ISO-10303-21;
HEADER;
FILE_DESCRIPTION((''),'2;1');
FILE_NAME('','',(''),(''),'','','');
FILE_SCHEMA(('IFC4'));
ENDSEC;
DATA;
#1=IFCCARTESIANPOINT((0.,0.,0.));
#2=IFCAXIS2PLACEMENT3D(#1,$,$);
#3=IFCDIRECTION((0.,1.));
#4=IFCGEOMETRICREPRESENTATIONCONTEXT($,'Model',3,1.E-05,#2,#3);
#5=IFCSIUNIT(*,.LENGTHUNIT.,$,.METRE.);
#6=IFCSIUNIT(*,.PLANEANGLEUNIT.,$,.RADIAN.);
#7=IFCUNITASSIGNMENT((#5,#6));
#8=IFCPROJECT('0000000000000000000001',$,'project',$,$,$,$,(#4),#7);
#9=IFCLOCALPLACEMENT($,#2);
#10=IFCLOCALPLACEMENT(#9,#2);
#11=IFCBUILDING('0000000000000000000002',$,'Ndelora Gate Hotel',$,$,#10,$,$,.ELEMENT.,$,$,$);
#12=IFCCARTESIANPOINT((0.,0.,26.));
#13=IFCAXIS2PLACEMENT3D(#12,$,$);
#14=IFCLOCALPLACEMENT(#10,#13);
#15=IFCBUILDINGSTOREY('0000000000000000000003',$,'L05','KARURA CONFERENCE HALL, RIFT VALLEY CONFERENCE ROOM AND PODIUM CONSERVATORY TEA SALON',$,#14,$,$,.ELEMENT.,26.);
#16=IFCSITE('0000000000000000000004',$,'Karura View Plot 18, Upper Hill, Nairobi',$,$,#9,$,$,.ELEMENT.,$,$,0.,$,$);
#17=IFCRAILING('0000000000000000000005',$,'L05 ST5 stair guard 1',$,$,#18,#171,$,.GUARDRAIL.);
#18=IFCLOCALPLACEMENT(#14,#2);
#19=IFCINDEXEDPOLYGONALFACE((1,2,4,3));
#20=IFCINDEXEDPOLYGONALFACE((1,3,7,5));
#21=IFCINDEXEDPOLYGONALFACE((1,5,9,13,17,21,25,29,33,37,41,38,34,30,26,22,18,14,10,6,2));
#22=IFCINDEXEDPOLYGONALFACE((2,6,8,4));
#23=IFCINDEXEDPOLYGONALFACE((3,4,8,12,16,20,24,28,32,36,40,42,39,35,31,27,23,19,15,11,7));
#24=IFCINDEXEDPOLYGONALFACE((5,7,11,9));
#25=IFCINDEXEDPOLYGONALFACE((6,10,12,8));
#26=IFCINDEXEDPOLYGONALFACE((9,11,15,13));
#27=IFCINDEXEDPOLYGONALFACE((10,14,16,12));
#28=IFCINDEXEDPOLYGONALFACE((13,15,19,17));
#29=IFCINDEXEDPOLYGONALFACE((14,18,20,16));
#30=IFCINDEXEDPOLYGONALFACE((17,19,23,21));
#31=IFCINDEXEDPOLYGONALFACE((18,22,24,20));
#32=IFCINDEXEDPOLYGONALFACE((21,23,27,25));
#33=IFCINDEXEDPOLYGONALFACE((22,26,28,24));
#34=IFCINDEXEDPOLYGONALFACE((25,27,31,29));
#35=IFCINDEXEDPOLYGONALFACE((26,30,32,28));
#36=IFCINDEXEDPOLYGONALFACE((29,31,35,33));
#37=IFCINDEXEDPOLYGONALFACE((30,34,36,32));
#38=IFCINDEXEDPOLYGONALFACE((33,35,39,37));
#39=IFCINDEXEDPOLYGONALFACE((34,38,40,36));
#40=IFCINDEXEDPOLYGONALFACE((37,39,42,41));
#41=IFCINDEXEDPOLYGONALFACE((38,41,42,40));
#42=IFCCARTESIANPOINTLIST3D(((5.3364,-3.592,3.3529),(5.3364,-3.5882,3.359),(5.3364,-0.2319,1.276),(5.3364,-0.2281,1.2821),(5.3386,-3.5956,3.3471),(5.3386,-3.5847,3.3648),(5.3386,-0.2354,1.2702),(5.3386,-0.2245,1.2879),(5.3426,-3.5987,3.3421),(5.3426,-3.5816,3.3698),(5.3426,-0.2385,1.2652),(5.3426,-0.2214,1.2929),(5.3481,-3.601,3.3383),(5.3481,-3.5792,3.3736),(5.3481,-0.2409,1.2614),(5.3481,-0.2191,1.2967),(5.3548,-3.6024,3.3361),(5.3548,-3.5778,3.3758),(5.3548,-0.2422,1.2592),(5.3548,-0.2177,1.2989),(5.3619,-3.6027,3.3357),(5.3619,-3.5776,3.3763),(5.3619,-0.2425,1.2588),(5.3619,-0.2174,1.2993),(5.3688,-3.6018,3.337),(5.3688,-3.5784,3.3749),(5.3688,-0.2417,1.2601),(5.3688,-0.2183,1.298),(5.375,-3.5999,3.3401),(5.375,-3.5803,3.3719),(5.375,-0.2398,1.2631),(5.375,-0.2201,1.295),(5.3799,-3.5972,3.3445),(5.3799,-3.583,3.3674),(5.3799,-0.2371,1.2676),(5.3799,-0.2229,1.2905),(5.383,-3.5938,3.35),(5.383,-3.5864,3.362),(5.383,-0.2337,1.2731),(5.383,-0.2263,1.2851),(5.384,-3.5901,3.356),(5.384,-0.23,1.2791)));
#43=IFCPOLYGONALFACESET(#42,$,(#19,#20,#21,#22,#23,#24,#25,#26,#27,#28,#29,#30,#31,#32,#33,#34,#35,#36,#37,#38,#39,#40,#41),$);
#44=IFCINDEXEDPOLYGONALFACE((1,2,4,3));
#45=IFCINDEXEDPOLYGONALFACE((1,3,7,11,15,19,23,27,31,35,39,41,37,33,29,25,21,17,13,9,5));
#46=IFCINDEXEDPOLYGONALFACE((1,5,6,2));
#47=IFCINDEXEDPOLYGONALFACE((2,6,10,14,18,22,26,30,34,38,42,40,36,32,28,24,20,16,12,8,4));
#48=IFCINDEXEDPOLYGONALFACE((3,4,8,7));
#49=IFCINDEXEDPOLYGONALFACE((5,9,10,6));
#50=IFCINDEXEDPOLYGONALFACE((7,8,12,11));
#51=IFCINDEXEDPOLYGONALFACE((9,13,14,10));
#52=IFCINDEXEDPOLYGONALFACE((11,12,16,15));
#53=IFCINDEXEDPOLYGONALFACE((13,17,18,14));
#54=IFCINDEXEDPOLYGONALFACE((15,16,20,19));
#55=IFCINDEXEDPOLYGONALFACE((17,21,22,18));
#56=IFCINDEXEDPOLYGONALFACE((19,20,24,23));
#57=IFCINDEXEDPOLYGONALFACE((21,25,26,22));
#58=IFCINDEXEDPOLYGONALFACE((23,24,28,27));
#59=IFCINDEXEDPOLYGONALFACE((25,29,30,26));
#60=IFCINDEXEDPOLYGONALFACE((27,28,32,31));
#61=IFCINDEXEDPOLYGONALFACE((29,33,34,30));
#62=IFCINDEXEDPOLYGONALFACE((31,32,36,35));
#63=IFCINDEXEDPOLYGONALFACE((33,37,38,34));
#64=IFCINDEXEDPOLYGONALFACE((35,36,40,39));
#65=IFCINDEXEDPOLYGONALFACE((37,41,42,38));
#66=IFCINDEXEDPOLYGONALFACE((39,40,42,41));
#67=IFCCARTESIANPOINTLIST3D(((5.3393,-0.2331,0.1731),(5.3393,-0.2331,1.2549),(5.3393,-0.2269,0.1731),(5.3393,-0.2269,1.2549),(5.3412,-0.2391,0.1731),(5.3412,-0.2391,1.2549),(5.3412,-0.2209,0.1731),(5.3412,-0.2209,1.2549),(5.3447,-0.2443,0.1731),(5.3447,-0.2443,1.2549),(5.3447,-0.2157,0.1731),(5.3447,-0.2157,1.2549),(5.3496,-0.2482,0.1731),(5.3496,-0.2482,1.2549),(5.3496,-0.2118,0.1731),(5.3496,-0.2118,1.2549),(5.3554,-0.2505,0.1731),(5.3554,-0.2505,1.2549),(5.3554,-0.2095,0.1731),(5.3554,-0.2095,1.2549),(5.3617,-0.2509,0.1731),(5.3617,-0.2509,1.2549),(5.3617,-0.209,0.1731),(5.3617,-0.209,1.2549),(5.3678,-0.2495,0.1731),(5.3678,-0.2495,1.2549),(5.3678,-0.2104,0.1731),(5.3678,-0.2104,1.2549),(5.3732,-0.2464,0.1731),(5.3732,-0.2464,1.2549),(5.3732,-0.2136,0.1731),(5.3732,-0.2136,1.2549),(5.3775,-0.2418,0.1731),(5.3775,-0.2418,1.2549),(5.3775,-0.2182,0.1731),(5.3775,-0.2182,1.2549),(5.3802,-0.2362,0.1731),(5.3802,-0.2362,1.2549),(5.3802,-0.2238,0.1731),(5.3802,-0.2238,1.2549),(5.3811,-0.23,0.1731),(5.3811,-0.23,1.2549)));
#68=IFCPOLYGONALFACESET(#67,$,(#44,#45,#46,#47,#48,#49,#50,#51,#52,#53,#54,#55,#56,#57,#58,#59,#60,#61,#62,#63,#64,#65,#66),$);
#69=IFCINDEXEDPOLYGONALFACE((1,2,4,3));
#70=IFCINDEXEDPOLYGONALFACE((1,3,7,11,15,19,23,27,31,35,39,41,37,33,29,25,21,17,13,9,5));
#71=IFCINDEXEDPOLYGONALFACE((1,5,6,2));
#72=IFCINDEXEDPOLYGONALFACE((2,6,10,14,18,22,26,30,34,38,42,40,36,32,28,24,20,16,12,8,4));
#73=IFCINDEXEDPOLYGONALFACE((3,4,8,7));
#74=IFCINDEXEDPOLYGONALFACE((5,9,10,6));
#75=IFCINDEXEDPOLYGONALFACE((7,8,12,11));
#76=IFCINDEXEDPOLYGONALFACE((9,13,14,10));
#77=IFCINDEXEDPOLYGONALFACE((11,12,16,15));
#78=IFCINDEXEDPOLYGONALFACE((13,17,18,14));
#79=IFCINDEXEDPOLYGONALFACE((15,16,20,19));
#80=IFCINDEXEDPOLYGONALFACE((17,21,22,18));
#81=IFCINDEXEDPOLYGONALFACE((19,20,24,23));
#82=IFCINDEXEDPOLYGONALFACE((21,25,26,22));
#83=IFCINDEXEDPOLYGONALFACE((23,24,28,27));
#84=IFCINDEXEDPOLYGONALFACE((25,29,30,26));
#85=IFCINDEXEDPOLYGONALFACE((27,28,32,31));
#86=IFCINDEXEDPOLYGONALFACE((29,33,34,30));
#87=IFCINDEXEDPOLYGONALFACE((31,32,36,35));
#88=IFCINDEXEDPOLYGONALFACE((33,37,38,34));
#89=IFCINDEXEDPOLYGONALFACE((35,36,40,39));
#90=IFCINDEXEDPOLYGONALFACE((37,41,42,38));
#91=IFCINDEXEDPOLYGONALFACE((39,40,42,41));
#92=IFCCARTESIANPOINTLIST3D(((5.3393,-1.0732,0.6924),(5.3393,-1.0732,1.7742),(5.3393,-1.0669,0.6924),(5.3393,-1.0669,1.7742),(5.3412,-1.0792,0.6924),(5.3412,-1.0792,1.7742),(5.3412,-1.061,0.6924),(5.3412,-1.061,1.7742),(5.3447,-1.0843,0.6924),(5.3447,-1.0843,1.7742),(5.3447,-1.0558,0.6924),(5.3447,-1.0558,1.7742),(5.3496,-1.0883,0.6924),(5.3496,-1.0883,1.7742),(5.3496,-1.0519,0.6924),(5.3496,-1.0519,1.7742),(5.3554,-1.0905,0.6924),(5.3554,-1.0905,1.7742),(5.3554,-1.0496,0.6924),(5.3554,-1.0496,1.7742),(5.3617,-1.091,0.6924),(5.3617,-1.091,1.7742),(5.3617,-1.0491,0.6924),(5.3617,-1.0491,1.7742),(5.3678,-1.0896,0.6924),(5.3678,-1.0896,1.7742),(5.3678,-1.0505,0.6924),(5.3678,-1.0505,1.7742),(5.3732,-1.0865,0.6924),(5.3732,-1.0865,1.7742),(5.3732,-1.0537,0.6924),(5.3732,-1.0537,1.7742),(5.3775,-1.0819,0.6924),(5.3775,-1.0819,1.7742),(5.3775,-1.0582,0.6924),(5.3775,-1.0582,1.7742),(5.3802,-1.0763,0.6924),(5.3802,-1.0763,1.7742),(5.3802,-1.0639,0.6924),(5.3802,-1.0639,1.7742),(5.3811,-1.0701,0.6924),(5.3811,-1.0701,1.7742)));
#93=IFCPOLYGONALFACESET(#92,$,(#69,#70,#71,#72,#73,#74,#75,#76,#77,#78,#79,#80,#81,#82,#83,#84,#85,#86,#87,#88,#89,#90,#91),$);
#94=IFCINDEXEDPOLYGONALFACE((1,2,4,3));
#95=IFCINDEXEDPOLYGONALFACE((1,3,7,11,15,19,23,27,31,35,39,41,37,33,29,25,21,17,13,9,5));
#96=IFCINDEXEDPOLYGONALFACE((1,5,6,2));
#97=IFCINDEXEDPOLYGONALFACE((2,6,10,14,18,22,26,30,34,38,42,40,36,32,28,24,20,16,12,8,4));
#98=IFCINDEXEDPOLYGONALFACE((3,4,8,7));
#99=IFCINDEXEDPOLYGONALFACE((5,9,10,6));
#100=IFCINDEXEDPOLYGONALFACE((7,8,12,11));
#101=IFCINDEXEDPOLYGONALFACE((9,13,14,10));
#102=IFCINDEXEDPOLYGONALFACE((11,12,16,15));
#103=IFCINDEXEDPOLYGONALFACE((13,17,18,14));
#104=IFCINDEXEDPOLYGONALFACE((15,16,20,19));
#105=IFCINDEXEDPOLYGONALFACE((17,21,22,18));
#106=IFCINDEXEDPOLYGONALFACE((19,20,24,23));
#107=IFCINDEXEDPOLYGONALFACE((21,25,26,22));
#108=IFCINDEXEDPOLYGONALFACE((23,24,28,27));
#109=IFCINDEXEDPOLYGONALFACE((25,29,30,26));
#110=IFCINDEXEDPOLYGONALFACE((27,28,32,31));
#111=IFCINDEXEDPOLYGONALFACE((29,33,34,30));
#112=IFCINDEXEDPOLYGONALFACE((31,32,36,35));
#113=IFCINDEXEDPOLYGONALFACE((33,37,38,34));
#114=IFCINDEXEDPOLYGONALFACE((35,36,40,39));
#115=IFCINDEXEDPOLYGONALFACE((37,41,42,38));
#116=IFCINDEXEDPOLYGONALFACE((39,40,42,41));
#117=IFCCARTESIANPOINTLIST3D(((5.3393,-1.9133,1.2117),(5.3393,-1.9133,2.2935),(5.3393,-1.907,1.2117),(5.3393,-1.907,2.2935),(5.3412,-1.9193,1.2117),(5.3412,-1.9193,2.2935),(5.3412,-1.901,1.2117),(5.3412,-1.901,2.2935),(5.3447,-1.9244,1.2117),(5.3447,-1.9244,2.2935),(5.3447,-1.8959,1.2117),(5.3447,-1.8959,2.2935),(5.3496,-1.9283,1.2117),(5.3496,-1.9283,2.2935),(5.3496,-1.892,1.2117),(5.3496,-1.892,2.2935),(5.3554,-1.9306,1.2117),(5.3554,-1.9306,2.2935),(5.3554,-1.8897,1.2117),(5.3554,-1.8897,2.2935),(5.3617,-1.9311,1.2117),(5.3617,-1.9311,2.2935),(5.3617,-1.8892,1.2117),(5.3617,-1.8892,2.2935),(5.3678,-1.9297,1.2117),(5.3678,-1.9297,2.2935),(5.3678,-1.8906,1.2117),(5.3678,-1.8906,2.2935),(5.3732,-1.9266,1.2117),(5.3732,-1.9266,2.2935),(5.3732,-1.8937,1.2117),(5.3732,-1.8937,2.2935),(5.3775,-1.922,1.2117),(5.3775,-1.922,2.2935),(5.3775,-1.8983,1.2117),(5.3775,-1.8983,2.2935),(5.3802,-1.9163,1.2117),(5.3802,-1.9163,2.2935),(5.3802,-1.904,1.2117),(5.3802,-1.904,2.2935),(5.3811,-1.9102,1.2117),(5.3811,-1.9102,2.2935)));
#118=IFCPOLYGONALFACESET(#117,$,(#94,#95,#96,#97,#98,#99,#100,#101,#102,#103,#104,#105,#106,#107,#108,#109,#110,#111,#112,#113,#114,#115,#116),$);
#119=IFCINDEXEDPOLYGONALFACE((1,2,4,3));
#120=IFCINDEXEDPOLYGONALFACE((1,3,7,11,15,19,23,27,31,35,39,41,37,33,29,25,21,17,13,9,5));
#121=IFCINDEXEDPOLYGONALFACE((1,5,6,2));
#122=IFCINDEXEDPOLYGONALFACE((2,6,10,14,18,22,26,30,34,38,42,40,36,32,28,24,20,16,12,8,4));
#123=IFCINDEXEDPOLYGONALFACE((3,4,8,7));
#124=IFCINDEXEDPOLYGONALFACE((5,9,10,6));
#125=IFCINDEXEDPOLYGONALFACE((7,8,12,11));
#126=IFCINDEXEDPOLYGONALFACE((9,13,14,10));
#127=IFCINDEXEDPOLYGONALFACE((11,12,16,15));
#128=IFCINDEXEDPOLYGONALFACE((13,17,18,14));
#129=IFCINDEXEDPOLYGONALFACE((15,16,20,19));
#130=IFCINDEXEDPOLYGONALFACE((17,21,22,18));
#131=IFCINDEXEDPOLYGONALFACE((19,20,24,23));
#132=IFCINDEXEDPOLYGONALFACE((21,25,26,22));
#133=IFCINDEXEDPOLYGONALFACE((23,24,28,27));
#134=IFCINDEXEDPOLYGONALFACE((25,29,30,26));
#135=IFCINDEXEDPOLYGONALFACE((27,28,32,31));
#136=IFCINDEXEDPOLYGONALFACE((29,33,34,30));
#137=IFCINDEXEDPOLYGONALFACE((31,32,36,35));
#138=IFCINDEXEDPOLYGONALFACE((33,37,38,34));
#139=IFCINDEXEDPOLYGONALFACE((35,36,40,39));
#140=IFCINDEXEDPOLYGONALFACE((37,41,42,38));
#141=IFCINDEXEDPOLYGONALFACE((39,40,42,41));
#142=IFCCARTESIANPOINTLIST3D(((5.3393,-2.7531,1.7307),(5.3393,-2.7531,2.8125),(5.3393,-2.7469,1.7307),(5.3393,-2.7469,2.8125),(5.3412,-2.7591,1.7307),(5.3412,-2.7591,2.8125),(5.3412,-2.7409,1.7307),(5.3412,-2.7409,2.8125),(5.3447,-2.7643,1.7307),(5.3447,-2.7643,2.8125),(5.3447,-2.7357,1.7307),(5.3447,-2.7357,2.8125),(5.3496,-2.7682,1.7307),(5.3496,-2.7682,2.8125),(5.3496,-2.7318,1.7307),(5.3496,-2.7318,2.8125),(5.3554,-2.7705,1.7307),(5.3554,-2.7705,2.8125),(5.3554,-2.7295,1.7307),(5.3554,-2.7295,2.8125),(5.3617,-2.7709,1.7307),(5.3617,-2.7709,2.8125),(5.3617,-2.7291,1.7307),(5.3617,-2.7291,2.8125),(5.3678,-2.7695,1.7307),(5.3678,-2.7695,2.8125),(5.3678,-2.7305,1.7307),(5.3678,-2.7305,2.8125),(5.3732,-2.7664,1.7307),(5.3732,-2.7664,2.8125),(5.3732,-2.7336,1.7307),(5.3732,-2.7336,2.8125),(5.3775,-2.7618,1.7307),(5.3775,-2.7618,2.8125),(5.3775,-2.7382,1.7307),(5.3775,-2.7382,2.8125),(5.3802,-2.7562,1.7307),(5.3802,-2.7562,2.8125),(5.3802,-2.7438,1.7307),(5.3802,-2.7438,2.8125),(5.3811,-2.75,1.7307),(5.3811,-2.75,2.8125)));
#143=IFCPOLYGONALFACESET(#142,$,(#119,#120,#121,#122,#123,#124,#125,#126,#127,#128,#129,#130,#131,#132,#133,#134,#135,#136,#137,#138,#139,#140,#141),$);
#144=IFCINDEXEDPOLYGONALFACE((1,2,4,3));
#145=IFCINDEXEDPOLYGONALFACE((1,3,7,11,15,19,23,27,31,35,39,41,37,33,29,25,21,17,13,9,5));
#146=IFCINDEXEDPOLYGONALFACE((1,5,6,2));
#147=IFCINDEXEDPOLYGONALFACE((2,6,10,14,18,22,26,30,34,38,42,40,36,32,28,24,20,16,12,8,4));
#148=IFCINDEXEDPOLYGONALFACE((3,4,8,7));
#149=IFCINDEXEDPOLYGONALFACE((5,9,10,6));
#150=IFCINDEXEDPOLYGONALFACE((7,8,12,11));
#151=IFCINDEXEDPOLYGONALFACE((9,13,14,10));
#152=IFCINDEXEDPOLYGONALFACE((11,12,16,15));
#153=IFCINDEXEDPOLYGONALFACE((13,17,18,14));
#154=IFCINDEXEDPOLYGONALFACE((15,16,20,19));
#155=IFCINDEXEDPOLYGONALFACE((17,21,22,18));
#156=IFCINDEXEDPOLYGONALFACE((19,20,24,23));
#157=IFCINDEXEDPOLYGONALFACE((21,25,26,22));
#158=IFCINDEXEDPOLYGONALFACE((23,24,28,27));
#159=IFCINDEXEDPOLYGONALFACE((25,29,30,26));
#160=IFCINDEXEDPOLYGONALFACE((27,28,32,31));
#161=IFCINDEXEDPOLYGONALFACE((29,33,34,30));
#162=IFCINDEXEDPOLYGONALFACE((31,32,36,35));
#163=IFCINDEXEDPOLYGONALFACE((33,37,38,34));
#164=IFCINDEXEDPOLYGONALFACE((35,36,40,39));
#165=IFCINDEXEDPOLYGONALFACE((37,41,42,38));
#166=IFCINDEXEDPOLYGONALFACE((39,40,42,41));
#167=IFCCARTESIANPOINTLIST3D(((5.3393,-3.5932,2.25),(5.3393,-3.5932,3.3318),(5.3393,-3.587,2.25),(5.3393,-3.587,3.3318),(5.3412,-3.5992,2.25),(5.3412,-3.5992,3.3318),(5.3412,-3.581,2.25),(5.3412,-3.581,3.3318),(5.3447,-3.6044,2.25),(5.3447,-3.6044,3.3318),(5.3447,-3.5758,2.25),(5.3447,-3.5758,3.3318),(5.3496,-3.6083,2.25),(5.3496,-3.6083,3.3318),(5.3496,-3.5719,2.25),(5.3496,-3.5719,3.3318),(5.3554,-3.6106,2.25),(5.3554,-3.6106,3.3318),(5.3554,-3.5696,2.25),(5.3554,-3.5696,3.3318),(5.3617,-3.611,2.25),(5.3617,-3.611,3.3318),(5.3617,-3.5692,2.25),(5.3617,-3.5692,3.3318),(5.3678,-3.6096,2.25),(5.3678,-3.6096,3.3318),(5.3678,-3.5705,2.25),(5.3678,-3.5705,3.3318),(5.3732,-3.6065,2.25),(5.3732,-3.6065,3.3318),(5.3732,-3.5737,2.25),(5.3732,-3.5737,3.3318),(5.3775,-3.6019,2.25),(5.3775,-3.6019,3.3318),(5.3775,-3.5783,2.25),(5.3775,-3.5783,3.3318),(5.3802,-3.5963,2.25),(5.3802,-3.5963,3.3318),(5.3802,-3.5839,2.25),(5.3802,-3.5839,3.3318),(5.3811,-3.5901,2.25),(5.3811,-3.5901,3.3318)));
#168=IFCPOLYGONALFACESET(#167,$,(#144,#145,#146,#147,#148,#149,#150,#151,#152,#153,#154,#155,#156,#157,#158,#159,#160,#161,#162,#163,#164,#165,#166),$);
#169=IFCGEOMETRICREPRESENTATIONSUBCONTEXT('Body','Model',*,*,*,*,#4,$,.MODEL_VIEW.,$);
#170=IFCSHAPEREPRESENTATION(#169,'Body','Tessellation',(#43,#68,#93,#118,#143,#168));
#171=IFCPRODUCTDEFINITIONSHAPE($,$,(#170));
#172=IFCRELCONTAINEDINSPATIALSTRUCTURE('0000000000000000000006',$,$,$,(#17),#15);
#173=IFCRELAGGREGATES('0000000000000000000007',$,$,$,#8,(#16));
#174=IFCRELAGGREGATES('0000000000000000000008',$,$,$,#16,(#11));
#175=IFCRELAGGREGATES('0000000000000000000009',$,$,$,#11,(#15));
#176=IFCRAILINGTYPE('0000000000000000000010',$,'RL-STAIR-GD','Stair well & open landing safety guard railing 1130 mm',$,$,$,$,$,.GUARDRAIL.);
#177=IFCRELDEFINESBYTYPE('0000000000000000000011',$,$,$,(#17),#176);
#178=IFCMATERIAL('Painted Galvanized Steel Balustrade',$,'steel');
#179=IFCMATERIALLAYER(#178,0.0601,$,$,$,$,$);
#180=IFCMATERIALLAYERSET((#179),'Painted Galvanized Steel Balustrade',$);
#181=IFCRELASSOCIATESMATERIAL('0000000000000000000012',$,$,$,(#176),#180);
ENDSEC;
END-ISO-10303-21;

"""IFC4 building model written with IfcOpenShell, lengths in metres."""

from ifc_helpers import new_model, si_unit, direction, frame, origin, origin_2d, place, context, subcontext, project, spatial, circle, extrude, material, layer, layer_set, type_object, element, save


model = new_model("IFC4")

# Units and contexts
model_context = context("Model", 3, precision=1e-05, world=origin(), true_north=direction((0.0, 1.0)))
body_context = subcontext(model_context, "Body", "Model", "MODEL_VIEW")
ifc_project = project(units=[si_unit("LENGTHUNIT", "METRE"), si_unit("PLANEANGLEUNIT", "RADIAN")], contexts=[model_context])

# Site, building, storey
site_placement = place(None, origin())
site = spatial("IfcSite", under=ifc_project, at=site_placement, Name="Karura View Plot 18, Upper Hill, Nairobi", CompositionType="ELEMENT", RefElevation=0.0)
building_placement = place(site_placement, origin())
building = spatial("IfcBuilding", under=site, at=building_placement, Name="Ndelora Gate Hotel", CompositionType="ELEMENT")
storey_placement = place(building_placement, frame((0.0, 0.0, 26.0)))
storey = spatial("IfcBuildingStorey", under=building, at=storey_placement, Name="L05", Description="KARURA CONFERENCE HALL, RIFT VALLEY CONFERENCE ROOM AND PODIUM CONSERVATORY TEA SALON", CompositionType="ELEMENT", Elevation=26.0)

# Railing
ifc_material_1 = material(Name="Painted Galvanized Steel Balustrade", Category="steel")
ifc_layer_1 = layer(ifc_material_1, 0.0601)
ifc_layer_set_1 = layer_set([ifc_layer_1], Name="Painted Galvanized Steel Balustrade")
railing_type_1 = type_object("IfcRailingType", Name="RL-STAIR-GD", Description="Stair well & open landing safety guard railing 1130 mm", PredefinedType="GUARDRAIL", material=ifc_layer_set_1)
railing_1_placement = place(storey_placement, frame((5.3601, -0.23, 0.1731)))
element("IfcRailing", 1, at=railing_1_placement, inside=storey, type_object=railing_type_1, Name="L05 ST5 stair guard 1", PredefinedType="GUARDRAIL", context=body_context, shape_type="SweptSolid", body=[
    extrude(circle(Radius=0.0239, at=origin_2d()), frame((0.0, 0.0, 1.106), z_axis=(0.0, -0.850623, 0.525776), x_axis=(1.0, 0.0, 0.0)), (0.0, 0.0, 1.0), 3.9502),
    extrude(circle(Radius=0.021, at=origin_2d()), origin(), (0.0, 0.0, 1.0), 1.0818),
    extrude(circle(Radius=0.021, at=origin_2d()), frame((0.0, -0.8401, 0.5193)), (0.0, 0.0, 1.0), 1.0818),
    extrude(circle(Radius=0.021, at=origin_2d()), frame((0.0, -1.6802, 1.0386)), (0.0, 0.0, 1.0), 1.0818),
    extrude(circle(Radius=0.021, at=origin_2d()), frame((0.0, -2.52, 1.5576)), (0.0, 0.0, 1.0), 1.0818),
    extrude(circle(Radius=0.021, at=origin_2d()), frame((0.0, -3.3601, 2.0769)), (0.0, 0.0, 1.0), 1.0818),
])

save(model, "model.ifc")
